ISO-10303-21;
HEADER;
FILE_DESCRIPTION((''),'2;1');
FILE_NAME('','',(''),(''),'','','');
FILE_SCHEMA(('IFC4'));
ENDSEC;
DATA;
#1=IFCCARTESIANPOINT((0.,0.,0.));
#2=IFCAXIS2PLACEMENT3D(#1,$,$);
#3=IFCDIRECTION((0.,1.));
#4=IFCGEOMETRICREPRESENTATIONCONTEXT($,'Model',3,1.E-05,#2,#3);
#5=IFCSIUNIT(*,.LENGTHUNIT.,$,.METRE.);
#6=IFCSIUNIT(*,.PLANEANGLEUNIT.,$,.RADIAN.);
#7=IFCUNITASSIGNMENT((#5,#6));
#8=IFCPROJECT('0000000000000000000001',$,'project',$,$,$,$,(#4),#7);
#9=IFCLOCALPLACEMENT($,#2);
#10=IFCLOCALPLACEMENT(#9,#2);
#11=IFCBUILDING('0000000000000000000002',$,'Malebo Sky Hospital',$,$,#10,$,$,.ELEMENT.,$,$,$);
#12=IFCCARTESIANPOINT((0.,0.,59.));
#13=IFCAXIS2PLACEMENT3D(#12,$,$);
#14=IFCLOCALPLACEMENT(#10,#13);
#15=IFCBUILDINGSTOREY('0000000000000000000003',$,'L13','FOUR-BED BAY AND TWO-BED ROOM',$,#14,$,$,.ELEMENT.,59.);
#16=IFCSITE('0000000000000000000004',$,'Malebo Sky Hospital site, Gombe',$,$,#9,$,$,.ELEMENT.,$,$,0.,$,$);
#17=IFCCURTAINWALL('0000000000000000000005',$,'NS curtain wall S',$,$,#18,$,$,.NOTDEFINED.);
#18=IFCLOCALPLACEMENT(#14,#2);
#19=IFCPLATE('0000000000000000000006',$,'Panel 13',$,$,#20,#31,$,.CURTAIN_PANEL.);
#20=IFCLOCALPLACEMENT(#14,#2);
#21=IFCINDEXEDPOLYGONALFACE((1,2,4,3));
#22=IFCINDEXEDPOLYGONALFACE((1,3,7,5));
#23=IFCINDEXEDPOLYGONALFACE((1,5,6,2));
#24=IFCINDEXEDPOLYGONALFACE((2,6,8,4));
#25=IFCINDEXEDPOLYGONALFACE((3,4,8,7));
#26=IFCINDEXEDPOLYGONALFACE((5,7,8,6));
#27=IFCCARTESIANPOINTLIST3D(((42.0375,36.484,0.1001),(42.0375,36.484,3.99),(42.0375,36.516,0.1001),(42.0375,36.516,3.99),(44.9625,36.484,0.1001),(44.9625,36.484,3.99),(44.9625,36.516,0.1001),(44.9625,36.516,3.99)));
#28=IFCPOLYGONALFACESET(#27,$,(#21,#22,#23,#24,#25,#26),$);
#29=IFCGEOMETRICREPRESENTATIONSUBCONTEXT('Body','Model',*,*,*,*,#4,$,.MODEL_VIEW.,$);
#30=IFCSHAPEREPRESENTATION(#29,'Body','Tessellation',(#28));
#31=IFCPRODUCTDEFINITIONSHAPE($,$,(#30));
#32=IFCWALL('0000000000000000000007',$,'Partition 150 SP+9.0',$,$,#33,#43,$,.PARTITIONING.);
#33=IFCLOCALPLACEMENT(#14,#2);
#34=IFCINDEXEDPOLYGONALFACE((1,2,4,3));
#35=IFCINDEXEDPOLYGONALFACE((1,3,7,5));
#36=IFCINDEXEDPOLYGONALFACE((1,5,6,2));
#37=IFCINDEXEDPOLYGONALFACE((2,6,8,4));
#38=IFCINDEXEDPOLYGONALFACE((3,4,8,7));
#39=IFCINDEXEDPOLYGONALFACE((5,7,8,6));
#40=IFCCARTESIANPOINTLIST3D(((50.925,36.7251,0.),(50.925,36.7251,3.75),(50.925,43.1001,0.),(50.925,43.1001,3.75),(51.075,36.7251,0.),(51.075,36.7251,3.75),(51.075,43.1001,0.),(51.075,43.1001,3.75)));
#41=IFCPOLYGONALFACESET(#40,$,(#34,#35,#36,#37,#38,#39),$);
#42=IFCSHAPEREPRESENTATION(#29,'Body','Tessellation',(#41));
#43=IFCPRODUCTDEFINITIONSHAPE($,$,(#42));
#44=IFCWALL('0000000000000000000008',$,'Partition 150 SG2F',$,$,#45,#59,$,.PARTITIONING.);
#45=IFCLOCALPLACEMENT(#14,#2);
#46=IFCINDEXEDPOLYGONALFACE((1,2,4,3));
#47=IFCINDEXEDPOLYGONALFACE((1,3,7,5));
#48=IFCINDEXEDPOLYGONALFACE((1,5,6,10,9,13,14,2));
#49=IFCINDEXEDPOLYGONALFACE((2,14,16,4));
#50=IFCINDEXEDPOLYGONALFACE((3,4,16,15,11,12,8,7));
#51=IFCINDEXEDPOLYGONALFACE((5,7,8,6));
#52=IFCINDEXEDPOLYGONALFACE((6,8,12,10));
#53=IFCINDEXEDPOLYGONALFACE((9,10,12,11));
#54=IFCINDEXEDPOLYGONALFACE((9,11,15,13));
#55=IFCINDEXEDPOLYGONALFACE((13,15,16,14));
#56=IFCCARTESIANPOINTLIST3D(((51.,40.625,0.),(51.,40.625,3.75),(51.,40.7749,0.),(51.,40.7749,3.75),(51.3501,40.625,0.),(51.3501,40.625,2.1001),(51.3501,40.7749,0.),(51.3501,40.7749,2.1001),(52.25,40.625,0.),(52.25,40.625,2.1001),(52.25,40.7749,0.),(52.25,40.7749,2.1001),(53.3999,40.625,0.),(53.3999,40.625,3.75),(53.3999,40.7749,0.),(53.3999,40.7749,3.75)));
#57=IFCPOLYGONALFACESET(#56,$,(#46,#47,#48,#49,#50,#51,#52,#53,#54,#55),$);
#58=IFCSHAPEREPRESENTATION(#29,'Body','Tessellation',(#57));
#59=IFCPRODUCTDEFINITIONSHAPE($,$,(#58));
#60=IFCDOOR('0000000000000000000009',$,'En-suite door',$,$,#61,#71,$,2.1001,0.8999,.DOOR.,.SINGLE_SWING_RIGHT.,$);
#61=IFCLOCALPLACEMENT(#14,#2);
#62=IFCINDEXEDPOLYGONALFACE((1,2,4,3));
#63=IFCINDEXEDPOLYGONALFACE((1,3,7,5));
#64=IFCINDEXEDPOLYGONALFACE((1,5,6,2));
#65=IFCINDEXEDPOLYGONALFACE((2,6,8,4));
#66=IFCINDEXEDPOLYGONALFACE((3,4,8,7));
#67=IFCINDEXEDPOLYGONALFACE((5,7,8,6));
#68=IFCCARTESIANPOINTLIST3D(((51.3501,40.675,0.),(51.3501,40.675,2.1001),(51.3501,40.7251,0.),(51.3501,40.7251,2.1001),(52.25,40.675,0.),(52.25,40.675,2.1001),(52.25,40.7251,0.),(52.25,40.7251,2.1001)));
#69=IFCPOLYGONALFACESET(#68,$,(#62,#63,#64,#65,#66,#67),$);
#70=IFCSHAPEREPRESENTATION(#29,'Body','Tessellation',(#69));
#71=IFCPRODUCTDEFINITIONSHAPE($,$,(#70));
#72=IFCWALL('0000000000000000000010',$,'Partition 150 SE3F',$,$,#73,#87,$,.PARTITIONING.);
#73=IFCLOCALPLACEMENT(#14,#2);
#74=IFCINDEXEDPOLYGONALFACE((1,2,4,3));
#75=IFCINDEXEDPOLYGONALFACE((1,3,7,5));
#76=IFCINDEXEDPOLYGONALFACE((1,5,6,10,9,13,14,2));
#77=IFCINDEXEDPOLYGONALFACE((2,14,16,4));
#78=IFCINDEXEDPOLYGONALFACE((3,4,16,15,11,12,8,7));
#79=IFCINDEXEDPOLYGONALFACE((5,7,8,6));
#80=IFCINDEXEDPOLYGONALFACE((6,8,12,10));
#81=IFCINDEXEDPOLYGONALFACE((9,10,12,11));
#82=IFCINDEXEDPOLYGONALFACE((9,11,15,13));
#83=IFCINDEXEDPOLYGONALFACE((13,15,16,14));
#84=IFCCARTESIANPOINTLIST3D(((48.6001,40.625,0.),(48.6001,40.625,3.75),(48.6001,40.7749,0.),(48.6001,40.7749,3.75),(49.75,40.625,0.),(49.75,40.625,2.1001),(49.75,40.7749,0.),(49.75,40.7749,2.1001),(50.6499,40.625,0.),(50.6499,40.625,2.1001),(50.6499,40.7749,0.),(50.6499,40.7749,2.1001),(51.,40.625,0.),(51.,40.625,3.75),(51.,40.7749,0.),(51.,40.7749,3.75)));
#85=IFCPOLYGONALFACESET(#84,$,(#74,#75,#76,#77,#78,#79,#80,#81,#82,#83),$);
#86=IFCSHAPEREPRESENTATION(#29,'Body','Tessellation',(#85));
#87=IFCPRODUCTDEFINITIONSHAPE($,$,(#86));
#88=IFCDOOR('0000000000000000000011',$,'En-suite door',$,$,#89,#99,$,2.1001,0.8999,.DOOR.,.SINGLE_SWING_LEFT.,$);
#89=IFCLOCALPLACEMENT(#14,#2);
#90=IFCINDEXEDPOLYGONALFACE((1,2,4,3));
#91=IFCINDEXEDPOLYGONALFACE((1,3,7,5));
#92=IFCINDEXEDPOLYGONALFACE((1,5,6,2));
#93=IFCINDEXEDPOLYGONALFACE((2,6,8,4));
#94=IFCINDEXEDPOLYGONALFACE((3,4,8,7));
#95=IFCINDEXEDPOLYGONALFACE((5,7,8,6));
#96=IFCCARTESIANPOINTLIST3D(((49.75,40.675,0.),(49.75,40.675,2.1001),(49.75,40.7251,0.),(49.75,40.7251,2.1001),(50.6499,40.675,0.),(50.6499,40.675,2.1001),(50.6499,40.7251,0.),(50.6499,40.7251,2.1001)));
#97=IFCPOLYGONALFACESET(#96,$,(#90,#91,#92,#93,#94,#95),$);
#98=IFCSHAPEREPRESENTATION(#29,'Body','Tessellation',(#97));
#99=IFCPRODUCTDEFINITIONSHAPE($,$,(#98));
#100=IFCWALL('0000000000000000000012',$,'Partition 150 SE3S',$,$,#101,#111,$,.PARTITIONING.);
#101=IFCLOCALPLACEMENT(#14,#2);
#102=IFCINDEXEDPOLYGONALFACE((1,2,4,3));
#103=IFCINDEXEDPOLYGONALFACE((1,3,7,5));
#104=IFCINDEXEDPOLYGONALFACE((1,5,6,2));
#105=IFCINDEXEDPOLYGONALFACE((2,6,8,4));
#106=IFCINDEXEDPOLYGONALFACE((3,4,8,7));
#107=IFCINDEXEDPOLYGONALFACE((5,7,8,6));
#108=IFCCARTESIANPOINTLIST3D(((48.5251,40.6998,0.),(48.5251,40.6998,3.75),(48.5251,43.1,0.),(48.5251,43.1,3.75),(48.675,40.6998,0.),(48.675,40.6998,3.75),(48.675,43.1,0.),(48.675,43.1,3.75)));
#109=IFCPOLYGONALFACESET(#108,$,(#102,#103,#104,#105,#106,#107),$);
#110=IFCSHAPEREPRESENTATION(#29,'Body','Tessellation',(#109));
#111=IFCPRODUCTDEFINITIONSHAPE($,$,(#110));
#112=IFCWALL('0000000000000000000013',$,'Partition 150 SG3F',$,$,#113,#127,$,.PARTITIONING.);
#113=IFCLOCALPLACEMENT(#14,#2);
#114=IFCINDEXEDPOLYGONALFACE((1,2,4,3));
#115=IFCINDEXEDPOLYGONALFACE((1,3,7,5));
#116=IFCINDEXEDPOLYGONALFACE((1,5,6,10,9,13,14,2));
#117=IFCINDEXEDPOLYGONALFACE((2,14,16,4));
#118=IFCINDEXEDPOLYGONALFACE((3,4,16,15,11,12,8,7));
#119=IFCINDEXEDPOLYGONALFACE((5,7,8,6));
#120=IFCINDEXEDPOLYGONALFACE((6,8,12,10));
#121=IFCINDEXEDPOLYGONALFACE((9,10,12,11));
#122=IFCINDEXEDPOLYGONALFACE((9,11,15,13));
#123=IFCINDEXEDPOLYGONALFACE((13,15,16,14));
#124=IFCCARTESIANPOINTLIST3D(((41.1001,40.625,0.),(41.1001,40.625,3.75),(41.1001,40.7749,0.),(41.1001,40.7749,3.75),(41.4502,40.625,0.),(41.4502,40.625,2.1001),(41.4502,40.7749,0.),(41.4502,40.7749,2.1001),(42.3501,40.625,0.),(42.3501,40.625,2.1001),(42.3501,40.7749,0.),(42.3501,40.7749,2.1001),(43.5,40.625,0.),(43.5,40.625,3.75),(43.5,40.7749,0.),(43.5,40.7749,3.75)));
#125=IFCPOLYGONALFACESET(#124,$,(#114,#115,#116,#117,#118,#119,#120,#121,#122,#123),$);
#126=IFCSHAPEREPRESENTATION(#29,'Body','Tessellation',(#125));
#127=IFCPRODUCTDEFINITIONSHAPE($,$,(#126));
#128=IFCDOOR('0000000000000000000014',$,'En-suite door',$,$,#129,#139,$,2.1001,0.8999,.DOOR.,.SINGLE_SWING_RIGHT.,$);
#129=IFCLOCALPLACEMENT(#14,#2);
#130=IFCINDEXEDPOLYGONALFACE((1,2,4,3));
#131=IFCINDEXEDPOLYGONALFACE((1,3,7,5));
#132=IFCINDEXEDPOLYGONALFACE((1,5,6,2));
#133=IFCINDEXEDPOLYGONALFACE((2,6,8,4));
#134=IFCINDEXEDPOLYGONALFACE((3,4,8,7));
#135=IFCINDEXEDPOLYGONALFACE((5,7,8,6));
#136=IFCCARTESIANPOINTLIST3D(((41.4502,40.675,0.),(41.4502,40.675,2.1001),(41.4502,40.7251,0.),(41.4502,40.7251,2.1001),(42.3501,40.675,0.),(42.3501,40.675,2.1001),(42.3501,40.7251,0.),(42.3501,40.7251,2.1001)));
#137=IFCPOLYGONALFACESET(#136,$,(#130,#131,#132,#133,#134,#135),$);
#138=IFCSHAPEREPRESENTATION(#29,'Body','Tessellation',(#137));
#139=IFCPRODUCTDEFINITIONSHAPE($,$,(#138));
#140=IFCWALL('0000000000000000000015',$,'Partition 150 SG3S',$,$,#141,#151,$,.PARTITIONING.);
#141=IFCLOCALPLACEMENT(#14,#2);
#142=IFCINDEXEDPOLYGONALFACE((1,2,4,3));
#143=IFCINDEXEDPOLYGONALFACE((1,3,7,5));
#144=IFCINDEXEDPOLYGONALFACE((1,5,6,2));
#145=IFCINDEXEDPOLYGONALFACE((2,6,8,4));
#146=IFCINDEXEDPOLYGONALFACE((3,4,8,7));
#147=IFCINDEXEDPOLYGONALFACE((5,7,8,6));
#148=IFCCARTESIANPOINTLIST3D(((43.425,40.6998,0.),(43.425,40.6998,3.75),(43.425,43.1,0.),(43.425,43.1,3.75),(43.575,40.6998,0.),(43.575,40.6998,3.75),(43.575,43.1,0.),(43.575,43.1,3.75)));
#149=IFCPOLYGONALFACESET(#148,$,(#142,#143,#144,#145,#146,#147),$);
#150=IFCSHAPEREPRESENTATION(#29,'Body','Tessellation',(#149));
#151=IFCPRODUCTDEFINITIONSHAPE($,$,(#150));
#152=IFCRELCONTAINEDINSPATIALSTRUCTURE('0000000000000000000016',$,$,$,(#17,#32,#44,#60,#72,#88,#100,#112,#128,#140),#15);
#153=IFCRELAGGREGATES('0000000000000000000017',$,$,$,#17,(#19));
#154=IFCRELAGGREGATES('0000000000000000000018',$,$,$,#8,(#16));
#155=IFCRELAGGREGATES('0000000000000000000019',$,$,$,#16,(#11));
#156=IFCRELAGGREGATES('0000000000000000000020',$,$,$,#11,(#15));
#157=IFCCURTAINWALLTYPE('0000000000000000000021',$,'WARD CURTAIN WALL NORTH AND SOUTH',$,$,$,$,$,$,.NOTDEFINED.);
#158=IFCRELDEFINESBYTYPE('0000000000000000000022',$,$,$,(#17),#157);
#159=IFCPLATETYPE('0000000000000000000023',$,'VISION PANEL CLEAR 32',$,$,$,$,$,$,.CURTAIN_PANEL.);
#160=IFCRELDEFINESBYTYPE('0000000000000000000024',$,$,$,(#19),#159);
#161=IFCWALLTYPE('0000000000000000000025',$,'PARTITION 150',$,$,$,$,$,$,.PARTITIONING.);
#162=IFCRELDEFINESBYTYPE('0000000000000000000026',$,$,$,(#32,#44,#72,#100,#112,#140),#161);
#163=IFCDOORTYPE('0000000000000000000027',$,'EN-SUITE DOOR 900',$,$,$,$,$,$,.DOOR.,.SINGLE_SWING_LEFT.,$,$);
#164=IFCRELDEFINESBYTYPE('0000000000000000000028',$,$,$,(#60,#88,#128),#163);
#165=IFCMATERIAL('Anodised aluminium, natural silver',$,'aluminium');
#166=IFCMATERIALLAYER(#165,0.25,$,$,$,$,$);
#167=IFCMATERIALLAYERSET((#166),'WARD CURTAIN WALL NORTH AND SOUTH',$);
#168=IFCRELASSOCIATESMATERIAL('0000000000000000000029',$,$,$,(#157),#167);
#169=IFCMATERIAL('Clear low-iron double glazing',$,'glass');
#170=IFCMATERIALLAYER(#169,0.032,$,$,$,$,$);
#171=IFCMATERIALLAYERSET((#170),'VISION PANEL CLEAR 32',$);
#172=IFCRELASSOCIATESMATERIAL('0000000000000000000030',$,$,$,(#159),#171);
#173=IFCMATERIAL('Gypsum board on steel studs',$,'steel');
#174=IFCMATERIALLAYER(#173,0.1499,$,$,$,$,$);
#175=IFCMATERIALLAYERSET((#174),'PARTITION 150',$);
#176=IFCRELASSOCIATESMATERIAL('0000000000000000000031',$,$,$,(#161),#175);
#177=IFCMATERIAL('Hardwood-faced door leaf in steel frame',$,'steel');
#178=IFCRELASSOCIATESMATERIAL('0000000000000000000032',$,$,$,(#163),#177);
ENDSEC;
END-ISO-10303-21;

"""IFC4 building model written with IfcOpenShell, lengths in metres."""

from ifc_helpers import new_model, si_unit, direction, frame, frame_2d, origin, origin_2d, place, context, subcontext, project, spatial, rectangle, extrude, material, layer, layer_set, type_object, element, fill, aggregate, save


model = new_model("IFC4")

# Units and contexts
model_context = context("Model", 3, precision=1e-05, world=origin(), true_north=direction((0.0, 1.0)))
body_context = subcontext(model_context, "Body", "Model", "MODEL_VIEW")
ifc_project = project(units=[si_unit("LENGTHUNIT", "METRE"), si_unit("PLANEANGLEUNIT", "RADIAN")], contexts=[model_context])

# Site, building, storey
site_placement = place(None, origin())
site = spatial("IfcSite", under=ifc_project, at=site_placement, Name="Malebo Sky Hospital site, Gombe", CompositionType="ELEMENT", RefElevation=0.0)
building_placement = place(site_placement, origin())
building = spatial("IfcBuilding", under=site, at=building_placement, Name="Malebo Sky Hospital", CompositionType="ELEMENT")
storey_placement = place(building_placement, frame((0.0, 0.0, 59.0)))
storey = spatial("IfcBuildingStorey", under=building, at=storey_placement, Name="L13", Description="FOUR-BED BAY AND TWO-BED ROOM", CompositionType="ELEMENT", Elevation=59.0)

# Curtain wall
ifc_material_1 = material(Name="Anodised aluminium, natural silver", Category="aluminium")
ifc_layer_1 = layer(ifc_material_1, 0.25)
ifc_layer_set_1 = layer_set([ifc_layer_1], Name="WARD CURTAIN WALL NORTH AND SOUTH")
curtain_wall_type = type_object("IfcCurtainWallType", Name="WARD CURTAIN WALL NORTH AND SOUTH", PredefinedType="NOTDEFINED", material=ifc_layer_set_1)
curtain_wall_placement = place(storey_placement, origin())
curtain_wall = element("IfcCurtainWall", 1, at=curtain_wall_placement, inside=storey, type_object=curtain_wall_type, Name="NS curtain wall S", PredefinedType="NOTDEFINED")

# Plate
ifc_material_2 = material(Name="Clear low-iron double glazing", Category="glass")
ifc_layer_2 = layer(ifc_material_2, 0.032)
ifc_layer_set_2 = layer_set([ifc_layer_2], Name="VISION PANEL CLEAR 32")
plate_type = type_object("IfcPlateType", Name="VISION PANEL CLEAR 32", PredefinedType="CURTAIN_PANEL", material=ifc_layer_set_2)
plate_1_placement = place(storey_placement, frame((43.5, 36.5, 0.1001), z_axis=(0.0, 0.0, 1.0), x_axis=(-1.0, 0.0, 0.0)))
plate_1 = element("IfcPlate", 2, at=plate_1_placement, type_object=plate_type, Name="Panel 13", PredefinedType="CURTAIN_PANEL", context=body_context, shape_type="SweptSolid", body=[
    extrude(rectangle(XDim=2.925, YDim=0.032, at=origin_2d()), origin(), (0.0, 0.0, 1.0), 3.8899),
])
aggregate(curtain_wall, [plate_1])

# Wall
ifc_material_3 = material(Name="Gypsum board on steel studs", Category="steel")
ifc_layer_3 = layer(ifc_material_3, 0.1499)
ifc_layer_set_3 = layer_set([ifc_layer_3], Name="PARTITION 150")
wall_type = type_object("IfcWallType", Name="PARTITION 150", PredefinedType="PARTITIONING", material=ifc_layer_set_3)
wall_1_placement = place(storey_placement, frame((51.0, 43.1001, 0.0), z_axis=(0.0, 0.0, 1.0), x_axis=(0.0, -1.0, 0.0)))
element("IfcWall", 3, at=wall_1_placement, inside=storey, type_object=wall_type, Name="Partition 150 SP+9.0", PredefinedType="PARTITIONING", context=body_context, shape_type="SweptSolid", body=[
    extrude(rectangle(XDim=6.375, YDim=0.1499, at=frame_2d((3.1875, 0.0))), origin(), (0.0, 0.0, 1.0), 3.75),
])

# Walls, openings, doors
wall_2_placement = place(storey_placement, frame((53.3999, 40.7, 0.0), z_axis=(0.0, 0.0, 1.0), x_axis=(-1.0, 0.0, 0.0)))
wall_2 = element("IfcWall", 4, at=wall_2_placement, inside=storey, type_object=wall_type, Name="Partition 150 SG2F", PredefinedType="PARTITIONING", context=body_context, shape_type="SweptSolid", body=[
    extrude(rectangle(XDim=2.3999, YDim=0.1499, at=frame_2d((1.2, 0.0))), origin(), (0.0, 0.0, 1.0), 3.75),
])
opening_1_placement = place(wall_2_placement, frame((1.1499, 0.0, 0.0)))
opening_1 = element("IfcOpeningElement", 5, at=opening_1_placement, cuts=wall_2, PredefinedType="OPENING", context=body_context, shape_type="SweptSolid", body=[
    extrude(rectangle(XDim=0.8999, YDim=2.1001, at=frame_2d((0.45, 1.05))), frame((0.0, 0.085, 0.0), z_axis=(0.0, -1.0, 0.0), x_axis=(1.0, 0.0, 0.0)), (0.0, 0.0, 1.0), 0.1699),
])
ifc_material_4 = material(Name="Hardwood-faced door leaf in steel frame", Category="steel")
door_type = type_object("IfcDoorType", Name="EN-SUITE DOOR 900", OperationType="SINGLE_SWING_LEFT", PredefinedType="DOOR", material=ifc_material_4)
door_1_placement = place(opening_1_placement, origin())
door_1 = element("IfcDoor", 6, at=door_1_placement, inside=storey, type_object=door_type, Name="En-suite door", OperationType="SINGLE_SWING_RIGHT", OverallHeight=2.1001, OverallWidth=0.8999, PredefinedType="DOOR", context=body_context, shape_type="SweptSolid", body=[
    extrude(rectangle(XDim=0.8999, YDim=2.1001, at=frame_2d((0.45, 1.05))), frame((0.0, 0.0249, 0.0), z_axis=(0.0, -1.0, 0.0), x_axis=(1.0, 0.0, 0.0)), (0.0, 0.0, 1.0), 0.05),
])
fill(opening_1, door_1)
wall_3_placement = place(storey_placement, frame((51.0, 40.7, 0.0), z_axis=(0.0, 0.0, 1.0), x_axis=(-1.0, 0.0, 0.0)))
wall_3 = element("IfcWall", 7, at=wall_3_placement, inside=storey, type_object=wall_type, Name="Partition 150 SE3F", PredefinedType="PARTITIONING", context=body_context, shape_type="SweptSolid", body=[
    extrude(rectangle(XDim=2.3999, YDim=0.1499, at=frame_2d((1.2, 0.0))), origin(), (0.0, 0.0, 1.0), 3.75),
])
opening_2_placement = place(wall_3_placement, frame((0.3501, 0.0, 0.0)))
opening_2 = element("IfcOpeningElement", 8, at=opening_2_placement, cuts=wall_3, PredefinedType="OPENING", context=body_context, shape_type="SweptSolid", body=[
    extrude(rectangle(XDim=0.8999, YDim=2.1001, at=frame_2d((0.45, 1.05))), frame((0.0, 0.085, 0.0), z_axis=(0.0, -1.0, 0.0), x_axis=(1.0, 0.0, 0.0)), (0.0, 0.0, 1.0), 0.1699),
])
door_2_placement = place(opening_2_placement, origin())
door_2 = element("IfcDoor", 9, at=door_2_placement, inside=storey, type_object=door_type, Name="En-suite door", OperationType="SINGLE_SWING_LEFT", OverallHeight=2.1001, OverallWidth=0.8999, PredefinedType="DOOR", context=body_context, shape_type="SweptSolid", body=[
    extrude(rectangle(XDim=0.8999, YDim=2.1001, at=frame_2d((0.45, 1.05))), frame((0.0, 0.0249, 0.0), z_axis=(0.0, -1.0, 0.0), x_axis=(1.0, 0.0, 0.0)), (0.0, 0.0, 1.0), 0.05),
])
fill(opening_2, door_2)

# Wall
wall_4_placement = place(storey_placement, frame((48.6001, 43.1001, 0.0), z_axis=(0.0, 0.0, 1.0), x_axis=(0.0, -1.0, 0.0)))
element("IfcWall", 10, at=wall_4_placement, inside=storey, type_object=wall_type, Name="Partition 150 SE3S", PredefinedType="PARTITIONING", context=body_context, shape_type="SweptSolid", body=[
    extrude(rectangle(XDim=2.4001, YDim=0.1499, at=frame_2d((1.2002, 0.0))), origin(), (0.0, 0.0, 1.0), 3.75),
])

# Wall, opening, door
wall_5_placement = place(storey_placement, frame((43.5, 40.7, 0.0), z_axis=(0.0, 0.0, 1.0), x_axis=(-1.0, 0.0, 0.0)))
wall_5 = element("IfcWall", 11, at=wall_5_placement, inside=storey, type_object=wall_type, Name="Partition 150 SG3F", PredefinedType="PARTITIONING", context=body_context, shape_type="SweptSolid", body=[
    extrude(rectangle(XDim=2.3999, YDim=0.1499, at=frame_2d((1.2, 0.0))), origin(), (0.0, 0.0, 1.0), 3.75),
])
opening_3_placement = place(wall_5_placement, frame((1.1499, 0.0, 0.0)))
opening_3 = element("IfcOpeningElement", 12, at=opening_3_placement, cuts=wall_5, PredefinedType="OPENING", context=body_context, shape_type="SweptSolid", body=[
    extrude(rectangle(XDim=0.8999, YDim=2.1001, at=frame_2d((0.45, 1.05))), frame((0.0, 0.085, 0.0), z_axis=(0.0, -1.0, 0.0), x_axis=(1.0, 0.0, 0.0)), (0.0, 0.0, 1.0), 0.1699),
])
door_3_placement = place(opening_3_placement, origin())
door_3 = element("IfcDoor", 13, at=door_3_placement, inside=storey, type_object=door_type, Name="En-suite door", OperationType="SINGLE_SWING_RIGHT", OverallHeight=2.1001, OverallWidth=0.8999, PredefinedType="DOOR", context=body_context, shape_type="SweptSolid", body=[
    extrude(rectangle(XDim=0.8999, YDim=2.1001, at=frame_2d((0.45, 1.05))), frame((0.0, 0.0249, 0.0), z_axis=(0.0, -1.0, 0.0), x_axis=(1.0, 0.0, 0.0)), (0.0, 0.0, 1.0), 0.05),
])
fill(opening_3, door_3)

# Wall
wall_6_placement = place(storey_placement, frame((43.5, 43.1001, 0.0), z_axis=(0.0, 0.0, 1.0), x_axis=(0.0, -1.0, 0.0)))
element("IfcWall", 14, at=wall_6_placement, inside=storey, type_object=wall_type, Name="Partition 150 SG3S", PredefinedType="PARTITIONING", context=body_context, shape_type="SweptSolid", body=[
    extrude(rectangle(XDim=2.4001, YDim=0.1499, at=frame_2d((1.2002, 0.0))), origin(), (0.0, 0.0, 1.0), 3.75),
])

save(model, "model.ifc")
